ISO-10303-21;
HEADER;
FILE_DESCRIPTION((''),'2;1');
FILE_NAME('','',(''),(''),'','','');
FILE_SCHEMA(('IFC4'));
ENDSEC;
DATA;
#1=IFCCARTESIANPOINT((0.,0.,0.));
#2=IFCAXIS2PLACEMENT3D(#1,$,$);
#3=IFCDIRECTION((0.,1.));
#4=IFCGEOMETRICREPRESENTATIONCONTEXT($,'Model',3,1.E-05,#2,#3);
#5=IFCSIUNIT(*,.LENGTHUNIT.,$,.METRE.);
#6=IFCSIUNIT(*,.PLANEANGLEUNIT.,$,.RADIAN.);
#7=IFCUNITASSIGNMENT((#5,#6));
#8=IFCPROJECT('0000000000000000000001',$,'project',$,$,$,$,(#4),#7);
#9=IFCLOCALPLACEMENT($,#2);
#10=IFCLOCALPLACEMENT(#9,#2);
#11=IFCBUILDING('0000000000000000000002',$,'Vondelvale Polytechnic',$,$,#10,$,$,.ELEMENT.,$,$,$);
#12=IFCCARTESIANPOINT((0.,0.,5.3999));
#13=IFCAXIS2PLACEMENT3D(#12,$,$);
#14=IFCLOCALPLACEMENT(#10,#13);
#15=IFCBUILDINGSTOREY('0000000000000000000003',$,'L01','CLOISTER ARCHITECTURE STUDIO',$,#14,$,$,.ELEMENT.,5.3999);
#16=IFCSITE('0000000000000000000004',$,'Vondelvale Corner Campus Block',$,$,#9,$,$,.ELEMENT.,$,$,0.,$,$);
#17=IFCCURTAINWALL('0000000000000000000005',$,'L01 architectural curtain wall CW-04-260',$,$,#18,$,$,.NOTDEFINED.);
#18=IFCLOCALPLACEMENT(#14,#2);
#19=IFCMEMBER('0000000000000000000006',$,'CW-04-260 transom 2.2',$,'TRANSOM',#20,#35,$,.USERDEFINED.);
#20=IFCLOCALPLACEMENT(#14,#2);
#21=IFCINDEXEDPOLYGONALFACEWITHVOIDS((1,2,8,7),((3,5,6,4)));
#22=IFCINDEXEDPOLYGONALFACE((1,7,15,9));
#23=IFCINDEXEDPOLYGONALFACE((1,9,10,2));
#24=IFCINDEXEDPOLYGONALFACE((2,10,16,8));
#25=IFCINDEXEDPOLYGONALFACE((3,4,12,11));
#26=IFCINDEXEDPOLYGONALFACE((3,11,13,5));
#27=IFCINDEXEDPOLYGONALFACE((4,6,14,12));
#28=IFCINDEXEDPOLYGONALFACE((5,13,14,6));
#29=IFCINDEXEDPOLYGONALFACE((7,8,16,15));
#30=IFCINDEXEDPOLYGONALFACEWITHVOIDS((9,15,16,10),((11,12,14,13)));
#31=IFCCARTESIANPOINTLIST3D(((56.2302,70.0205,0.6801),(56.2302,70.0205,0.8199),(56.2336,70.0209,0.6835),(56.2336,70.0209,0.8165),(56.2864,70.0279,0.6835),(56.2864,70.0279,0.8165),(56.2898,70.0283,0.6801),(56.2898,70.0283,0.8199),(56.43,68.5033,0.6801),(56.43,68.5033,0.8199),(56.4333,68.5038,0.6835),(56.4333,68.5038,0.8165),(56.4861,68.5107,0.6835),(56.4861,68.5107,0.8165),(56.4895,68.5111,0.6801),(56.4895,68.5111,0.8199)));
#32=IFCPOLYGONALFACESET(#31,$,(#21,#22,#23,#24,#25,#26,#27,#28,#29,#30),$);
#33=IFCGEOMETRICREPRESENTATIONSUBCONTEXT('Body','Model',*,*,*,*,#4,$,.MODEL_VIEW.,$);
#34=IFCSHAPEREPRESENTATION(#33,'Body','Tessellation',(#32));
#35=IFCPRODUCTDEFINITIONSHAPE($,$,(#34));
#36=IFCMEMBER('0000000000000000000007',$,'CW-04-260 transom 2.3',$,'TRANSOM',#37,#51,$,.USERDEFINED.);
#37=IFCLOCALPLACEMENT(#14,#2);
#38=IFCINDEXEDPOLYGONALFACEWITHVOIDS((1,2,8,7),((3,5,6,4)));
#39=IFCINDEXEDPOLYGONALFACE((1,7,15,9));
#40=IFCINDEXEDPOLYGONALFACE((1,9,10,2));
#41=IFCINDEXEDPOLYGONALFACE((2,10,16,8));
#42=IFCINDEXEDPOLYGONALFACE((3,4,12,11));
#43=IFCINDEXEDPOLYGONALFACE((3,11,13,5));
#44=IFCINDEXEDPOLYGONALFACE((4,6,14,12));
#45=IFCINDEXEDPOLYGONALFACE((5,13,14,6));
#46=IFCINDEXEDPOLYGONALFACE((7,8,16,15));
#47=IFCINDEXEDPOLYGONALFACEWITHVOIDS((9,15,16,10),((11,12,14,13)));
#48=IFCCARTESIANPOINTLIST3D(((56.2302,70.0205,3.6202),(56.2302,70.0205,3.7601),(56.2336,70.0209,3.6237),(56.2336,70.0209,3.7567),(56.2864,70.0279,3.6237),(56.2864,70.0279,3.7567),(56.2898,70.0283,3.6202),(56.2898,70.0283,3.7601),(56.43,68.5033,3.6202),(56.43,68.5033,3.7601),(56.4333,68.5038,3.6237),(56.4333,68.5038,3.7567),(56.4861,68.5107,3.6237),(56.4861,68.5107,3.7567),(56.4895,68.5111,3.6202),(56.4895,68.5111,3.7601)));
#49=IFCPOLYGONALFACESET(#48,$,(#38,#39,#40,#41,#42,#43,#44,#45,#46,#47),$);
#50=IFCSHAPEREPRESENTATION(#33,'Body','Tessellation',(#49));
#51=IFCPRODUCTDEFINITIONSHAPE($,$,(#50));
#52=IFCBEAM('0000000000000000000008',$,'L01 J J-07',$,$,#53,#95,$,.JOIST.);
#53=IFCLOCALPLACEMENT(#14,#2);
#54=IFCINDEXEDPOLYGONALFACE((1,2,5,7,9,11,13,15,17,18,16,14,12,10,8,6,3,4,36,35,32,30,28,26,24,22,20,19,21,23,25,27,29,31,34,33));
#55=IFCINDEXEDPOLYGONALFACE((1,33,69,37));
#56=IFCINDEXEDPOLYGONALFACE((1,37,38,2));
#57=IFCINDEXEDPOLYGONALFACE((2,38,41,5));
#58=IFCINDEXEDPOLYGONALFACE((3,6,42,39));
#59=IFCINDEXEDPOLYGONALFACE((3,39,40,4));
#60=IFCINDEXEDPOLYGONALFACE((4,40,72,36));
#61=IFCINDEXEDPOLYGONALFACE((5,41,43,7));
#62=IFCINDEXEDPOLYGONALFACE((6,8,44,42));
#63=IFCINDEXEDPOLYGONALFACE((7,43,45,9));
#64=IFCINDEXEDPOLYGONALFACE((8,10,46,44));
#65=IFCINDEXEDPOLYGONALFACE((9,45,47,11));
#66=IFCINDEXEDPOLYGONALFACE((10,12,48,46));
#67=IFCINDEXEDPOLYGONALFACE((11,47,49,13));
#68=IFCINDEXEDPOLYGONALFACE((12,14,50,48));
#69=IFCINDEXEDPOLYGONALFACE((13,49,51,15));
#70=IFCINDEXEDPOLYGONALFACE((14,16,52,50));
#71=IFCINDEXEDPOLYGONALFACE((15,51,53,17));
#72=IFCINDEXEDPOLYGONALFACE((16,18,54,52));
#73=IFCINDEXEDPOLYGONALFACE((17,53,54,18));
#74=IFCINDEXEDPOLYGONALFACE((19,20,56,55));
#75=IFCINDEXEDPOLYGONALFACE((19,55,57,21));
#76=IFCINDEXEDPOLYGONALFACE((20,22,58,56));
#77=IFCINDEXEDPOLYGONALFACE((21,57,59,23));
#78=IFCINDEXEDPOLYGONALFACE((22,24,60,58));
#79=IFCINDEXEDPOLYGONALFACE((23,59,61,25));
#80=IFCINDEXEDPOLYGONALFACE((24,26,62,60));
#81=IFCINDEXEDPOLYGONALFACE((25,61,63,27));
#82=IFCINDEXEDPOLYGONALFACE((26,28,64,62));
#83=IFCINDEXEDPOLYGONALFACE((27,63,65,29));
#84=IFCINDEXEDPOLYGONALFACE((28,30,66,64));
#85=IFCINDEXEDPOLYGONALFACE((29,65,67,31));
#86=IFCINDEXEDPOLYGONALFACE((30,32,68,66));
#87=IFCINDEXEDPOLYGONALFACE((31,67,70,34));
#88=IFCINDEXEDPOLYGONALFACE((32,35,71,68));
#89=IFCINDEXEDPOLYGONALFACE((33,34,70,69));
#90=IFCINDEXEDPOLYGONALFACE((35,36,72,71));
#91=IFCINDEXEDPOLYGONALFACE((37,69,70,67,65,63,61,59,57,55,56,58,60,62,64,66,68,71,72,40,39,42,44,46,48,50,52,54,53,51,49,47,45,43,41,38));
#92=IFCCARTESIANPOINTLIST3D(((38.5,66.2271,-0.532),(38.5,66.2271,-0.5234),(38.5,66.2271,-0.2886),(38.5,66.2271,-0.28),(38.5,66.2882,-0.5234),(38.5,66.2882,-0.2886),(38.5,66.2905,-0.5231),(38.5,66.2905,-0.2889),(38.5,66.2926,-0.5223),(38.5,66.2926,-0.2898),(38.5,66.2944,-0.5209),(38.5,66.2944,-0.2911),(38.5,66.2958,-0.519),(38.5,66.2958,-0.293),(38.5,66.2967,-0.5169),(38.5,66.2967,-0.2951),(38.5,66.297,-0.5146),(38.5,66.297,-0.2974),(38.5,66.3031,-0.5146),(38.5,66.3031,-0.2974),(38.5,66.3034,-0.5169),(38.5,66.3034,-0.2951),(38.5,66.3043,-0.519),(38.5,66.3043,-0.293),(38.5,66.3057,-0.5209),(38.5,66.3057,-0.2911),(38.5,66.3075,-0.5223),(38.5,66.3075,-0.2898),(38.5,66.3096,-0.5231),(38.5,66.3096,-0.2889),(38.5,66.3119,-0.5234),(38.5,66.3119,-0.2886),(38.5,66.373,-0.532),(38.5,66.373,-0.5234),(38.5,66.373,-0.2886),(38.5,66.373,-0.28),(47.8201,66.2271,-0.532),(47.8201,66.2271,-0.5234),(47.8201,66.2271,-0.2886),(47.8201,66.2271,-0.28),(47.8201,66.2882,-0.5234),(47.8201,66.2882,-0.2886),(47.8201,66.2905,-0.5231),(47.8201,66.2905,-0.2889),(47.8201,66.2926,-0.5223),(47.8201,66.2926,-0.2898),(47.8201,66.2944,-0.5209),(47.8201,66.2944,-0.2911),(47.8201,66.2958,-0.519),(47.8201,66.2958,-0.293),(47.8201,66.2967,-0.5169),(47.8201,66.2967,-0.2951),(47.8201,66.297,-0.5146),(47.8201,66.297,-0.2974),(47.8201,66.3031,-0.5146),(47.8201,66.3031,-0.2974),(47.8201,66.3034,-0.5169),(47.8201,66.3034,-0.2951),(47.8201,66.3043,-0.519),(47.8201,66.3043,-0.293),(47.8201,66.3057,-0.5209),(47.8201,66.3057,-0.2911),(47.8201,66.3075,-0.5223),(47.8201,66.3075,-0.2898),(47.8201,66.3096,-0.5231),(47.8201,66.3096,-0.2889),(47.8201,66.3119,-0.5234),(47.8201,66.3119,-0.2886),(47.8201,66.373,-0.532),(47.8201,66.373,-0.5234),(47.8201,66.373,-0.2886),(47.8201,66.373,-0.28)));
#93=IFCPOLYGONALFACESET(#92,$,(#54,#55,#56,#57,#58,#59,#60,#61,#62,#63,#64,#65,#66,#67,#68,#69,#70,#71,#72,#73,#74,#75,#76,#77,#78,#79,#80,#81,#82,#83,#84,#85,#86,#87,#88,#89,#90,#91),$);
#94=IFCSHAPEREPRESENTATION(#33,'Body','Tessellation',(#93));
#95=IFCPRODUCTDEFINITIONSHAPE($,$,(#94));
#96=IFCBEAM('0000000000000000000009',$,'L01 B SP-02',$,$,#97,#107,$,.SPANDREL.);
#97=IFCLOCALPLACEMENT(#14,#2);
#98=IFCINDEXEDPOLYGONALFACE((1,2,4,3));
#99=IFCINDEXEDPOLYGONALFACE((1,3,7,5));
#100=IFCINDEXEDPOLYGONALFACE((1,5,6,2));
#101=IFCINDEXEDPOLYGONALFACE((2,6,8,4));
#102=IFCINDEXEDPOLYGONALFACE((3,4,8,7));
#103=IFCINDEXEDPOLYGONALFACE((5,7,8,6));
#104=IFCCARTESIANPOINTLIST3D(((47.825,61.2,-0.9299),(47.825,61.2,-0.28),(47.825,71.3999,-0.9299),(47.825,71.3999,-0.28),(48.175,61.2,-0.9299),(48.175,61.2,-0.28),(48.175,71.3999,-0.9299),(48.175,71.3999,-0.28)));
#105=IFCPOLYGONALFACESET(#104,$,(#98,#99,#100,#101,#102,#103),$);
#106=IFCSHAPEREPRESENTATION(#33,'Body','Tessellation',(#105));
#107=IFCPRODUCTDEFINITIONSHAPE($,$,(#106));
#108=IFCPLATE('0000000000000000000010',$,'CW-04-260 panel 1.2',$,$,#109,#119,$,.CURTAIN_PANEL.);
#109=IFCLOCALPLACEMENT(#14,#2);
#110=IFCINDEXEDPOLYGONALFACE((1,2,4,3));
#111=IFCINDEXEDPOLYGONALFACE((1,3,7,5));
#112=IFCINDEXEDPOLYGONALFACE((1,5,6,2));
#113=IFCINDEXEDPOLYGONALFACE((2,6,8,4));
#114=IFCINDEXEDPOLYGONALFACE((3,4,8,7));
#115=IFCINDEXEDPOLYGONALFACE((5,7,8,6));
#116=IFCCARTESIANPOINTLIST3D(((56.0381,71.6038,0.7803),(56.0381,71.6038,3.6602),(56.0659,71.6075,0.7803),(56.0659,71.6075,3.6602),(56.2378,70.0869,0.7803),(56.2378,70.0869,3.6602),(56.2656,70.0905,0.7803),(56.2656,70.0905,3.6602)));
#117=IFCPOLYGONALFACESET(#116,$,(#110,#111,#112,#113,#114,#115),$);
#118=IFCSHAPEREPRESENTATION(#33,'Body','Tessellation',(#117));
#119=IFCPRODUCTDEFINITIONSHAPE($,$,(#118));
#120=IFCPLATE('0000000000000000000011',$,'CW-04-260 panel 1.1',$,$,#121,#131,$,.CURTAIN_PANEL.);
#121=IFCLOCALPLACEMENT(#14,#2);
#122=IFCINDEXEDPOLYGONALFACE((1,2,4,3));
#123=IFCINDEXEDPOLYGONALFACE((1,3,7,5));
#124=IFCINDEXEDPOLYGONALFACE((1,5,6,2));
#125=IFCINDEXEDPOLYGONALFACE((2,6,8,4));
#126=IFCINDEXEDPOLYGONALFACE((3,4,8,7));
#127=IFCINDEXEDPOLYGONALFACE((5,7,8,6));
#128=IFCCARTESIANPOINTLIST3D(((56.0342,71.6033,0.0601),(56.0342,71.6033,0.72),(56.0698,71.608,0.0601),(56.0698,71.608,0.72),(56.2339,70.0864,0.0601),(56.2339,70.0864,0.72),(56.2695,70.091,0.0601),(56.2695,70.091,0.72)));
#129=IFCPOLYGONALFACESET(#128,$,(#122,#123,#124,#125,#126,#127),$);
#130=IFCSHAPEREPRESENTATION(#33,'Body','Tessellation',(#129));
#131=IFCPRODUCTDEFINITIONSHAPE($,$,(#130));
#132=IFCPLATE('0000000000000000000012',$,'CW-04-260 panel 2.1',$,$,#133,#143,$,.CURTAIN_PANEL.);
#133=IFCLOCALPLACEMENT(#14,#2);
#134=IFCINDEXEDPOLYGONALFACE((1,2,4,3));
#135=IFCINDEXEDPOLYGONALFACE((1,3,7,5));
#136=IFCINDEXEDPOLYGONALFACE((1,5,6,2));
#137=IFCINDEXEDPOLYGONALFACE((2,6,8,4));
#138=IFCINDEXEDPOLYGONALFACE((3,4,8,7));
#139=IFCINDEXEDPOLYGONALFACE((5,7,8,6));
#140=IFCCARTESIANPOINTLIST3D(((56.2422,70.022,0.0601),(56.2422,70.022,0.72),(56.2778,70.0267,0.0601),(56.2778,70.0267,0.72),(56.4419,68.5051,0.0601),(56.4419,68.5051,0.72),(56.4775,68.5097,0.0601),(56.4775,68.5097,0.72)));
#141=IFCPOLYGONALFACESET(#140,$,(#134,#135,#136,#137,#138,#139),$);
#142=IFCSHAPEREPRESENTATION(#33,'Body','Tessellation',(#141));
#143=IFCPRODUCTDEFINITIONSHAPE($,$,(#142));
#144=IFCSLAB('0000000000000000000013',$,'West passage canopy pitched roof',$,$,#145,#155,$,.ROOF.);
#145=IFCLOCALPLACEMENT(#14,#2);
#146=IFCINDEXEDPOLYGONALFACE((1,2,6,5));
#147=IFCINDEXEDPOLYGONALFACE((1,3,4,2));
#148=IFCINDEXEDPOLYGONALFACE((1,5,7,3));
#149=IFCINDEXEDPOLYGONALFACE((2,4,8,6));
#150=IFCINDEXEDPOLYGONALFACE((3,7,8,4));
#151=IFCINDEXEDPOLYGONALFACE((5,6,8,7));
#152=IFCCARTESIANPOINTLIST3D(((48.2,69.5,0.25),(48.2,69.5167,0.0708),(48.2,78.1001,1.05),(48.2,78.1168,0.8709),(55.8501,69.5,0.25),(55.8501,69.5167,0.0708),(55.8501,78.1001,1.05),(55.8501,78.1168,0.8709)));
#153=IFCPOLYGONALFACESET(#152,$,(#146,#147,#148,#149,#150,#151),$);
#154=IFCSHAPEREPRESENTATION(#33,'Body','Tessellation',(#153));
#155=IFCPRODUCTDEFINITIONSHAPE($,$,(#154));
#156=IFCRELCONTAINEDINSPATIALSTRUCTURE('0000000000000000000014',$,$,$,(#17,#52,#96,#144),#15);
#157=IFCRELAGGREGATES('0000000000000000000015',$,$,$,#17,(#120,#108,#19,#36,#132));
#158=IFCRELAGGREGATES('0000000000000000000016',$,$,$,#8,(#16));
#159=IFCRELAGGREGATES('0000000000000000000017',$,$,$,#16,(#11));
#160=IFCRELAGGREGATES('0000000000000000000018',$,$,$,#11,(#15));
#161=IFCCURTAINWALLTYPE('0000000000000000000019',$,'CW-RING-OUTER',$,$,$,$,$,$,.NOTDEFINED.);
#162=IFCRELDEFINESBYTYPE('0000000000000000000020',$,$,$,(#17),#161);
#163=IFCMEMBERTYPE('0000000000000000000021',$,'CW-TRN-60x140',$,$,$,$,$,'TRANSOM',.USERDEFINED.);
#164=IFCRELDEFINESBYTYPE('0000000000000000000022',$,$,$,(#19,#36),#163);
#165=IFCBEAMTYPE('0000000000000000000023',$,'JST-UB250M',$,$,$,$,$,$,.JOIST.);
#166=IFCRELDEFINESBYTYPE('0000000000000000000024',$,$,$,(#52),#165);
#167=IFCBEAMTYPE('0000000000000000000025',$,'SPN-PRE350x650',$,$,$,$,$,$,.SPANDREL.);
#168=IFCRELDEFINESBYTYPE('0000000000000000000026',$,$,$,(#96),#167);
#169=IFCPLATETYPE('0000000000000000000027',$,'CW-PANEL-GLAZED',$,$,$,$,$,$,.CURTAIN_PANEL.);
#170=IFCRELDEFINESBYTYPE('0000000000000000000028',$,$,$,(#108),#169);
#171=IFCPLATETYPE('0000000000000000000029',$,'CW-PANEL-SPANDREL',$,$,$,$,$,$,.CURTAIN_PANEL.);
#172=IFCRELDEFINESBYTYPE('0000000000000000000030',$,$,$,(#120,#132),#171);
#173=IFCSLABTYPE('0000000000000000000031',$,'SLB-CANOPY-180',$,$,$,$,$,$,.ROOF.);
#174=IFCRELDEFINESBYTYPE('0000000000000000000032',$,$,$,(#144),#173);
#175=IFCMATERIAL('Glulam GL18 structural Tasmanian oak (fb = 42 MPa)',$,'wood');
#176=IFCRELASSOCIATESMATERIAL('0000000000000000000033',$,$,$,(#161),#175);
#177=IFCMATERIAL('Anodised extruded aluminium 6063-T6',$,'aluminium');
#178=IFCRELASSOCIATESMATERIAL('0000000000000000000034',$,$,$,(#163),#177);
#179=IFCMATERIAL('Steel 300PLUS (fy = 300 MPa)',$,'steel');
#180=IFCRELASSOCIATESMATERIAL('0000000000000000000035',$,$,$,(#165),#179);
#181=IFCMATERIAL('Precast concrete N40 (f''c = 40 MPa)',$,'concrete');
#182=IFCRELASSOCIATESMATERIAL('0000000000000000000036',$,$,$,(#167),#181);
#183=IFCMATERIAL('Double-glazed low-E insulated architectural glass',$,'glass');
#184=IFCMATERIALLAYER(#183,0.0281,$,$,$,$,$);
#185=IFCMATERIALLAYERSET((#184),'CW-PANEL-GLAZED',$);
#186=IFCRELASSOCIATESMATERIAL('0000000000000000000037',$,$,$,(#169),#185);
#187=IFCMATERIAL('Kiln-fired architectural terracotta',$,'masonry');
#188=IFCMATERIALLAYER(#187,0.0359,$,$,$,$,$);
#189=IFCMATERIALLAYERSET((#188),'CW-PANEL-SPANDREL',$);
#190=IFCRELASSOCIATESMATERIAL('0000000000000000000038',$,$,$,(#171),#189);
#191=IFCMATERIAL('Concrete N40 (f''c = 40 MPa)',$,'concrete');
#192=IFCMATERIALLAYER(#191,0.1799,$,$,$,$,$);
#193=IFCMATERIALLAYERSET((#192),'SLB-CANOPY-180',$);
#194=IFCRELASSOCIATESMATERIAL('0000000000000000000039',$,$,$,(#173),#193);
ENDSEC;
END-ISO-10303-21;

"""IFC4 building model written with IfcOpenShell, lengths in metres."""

from ifc_helpers import new_model, si_unit, direction, frame, origin, origin_2d, place, context, subcontext, project, spatial, polyline, rectangle, hollow_rectangle, i_section, outline, extrude, material, layer, layer_set, material_profile, profile_set, type_object, element, aggregate, save


model = new_model("IFC4")

# Units and contexts
model_context = context("Model", 3, precision=1e-05, world=origin(), true_north=direction((0.0, 1.0)))
body_context = subcontext(model_context, "Body", "Model", "MODEL_VIEW")
ifc_project = project(units=[si_unit("LENGTHUNIT", "METRE"), si_unit("PLANEANGLEUNIT", "RADIAN")], contexts=[model_context])

# Site, building, storey
site_placement = place(None, origin())
site = spatial("IfcSite", under=ifc_project, at=site_placement, Name="Vondelvale Corner Campus Block", CompositionType="ELEMENT", RefElevation=0.0)
building_placement = place(site_placement, origin())
building = spatial("IfcBuilding", under=site, at=building_placement, Name="Vondelvale Polytechnic", CompositionType="ELEMENT")
storey_placement = place(building_placement, frame((0.0, 0.0, 5.3999)))
storey = spatial("IfcBuildingStorey", under=building, at=storey_placement, Name="L01", Description="CLOISTER ARCHITECTURE STUDIO", CompositionType="ELEMENT", Elevation=5.3999)

# Shared definitions
ifc_material_1 = material(Name="Steel 300PLUS (fy = 300 MPa)", Category="steel")

# Curtain wall, members
ifc_material_2 = material(Name="Glulam GL18 structural Tasmanian oak (fb = 42 MPa)", Category="wood")
curtain_wall_type = type_object("IfcCurtainWallType", Name="CW-RING-OUTER", PredefinedType="NOTDEFINED", material=ifc_material_2)
curtain_wall_placement = place(storey_placement, origin())
curtain_wall = element("IfcCurtainWall", 1, at=curtain_wall_placement, inside=storey, type_object=curtain_wall_type, Name="L01 architectural curtain wall CW-04-260", PredefinedType="NOTDEFINED")
ifc_material_3 = material(Name="Anodised extruded aluminium 6063-T6", Category="aluminium")
ifc_material_profile_1 = material_profile(ifc_material_3, hollow_rectangle(XDim=0.0601, YDim=0.1399, WallThickness=0.0034, at=origin_2d()), Name="CW-TRN-140x60")
ifc_profile_set_1 = profile_set([ifc_material_profile_1], Name="Anodised extruded aluminium 6063-T6")
member_type_1 = type_object("IfcMemberType", Name="CW-TRN-60x140", ElementType="TRANSOM", PredefinedType="USERDEFINED", material=ifc_profile_set_1)
member_1_placement = place(storey_placement, frame((56.26, 70.0244, 0.75), z_axis=(0.130512, -0.991447, 0.0), x_axis=(0.991447, 0.130512, 0.0)))
member_1 = element("IfcMember", 2, at=member_1_placement, type_object=member_type_1, Name="CW-04-260 transom 2.2", ObjectType="TRANSOM", PredefinedType="USERDEFINED", context=body_context, shape_type="SweptSolid", body=[
    extrude(hollow_rectangle(XDim=0.0601, YDim=0.1399, WallThickness=0.0034, at=origin_2d()), origin(), (0.0, 0.0, 1.0), 1.5303),
])
member_2_placement = place(storey_placement, frame((56.26, 70.0244, 3.6902), z_axis=(0.130512, -0.991447, 0.0), x_axis=(0.991447, 0.130512, 0.0)))
member_2 = element("IfcMember", 3, at=member_2_placement, type_object=member_type_1, Name="CW-04-260 transom 2.3", ObjectType="TRANSOM", PredefinedType="USERDEFINED", context=body_context, shape_type="SweptSolid", body=[
    extrude(hollow_rectangle(XDim=0.0601, YDim=0.1399, WallThickness=0.0034, at=origin_2d()), origin(), (0.0, 0.0, 1.0), 1.5303),
])

# Beams
ifc_material_profile_2 = material_profile(ifc_material_1, i_section(OverallWidth=0.146, OverallDepth=0.252, WebThickness=0.0061, FlangeThickness=0.0085, FilletRadius=0.0088, at=origin_2d()), Name="250UB31.4")
ifc_profile_set_2 = profile_set([ifc_material_profile_2], Name="Steel 300PLUS (fy = 300 MPa)")
beam_type_1 = type_object("IfcBeamType", Name="JST-UB250M", PredefinedType="JOIST", material=ifc_profile_set_2)
beam_1_placement = place(storey_placement, frame((38.5, 66.3, -0.406), z_axis=(1.0, 0.0, 0.0), x_axis=(0.0, 1.0, 0.0)))
element("IfcBeam", 4, at=beam_1_placement, inside=storey, type_object=beam_type_1, Name="L01 J J-07", PredefinedType="JOIST", context=body_context, shape_type="SweptSolid", body=[
    extrude(i_section(OverallWidth=0.146, OverallDepth=0.252, WebThickness=0.0061, FlangeThickness=0.0085, FilletRadius=0.0088, at=origin_2d()), origin(), (0.0, 0.0, 1.0), 9.3201),
])
ifc_material_4 = material(Name="Precast concrete N40 (f'c = 40 MPa)", Category="concrete")
ifc_material_profile_3 = material_profile(ifc_material_4, rectangle(XDim=0.3501, YDim=0.6499, at=origin_2d()), Name="RC-SPN-350x650")
ifc_profile_set_3 = profile_set([ifc_material_profile_3], Name="Precast concrete N40 (f'c = 40 MPa)")
beam_type_2 = type_object("IfcBeamType", Name="SPN-PRE350x650", PredefinedType="SPANDREL", material=ifc_profile_set_3)
beam_2_placement = place(storey_placement, frame((48.0, 61.2, -0.605), z_axis=(0.0, 1.0, 0.0), x_axis=(-1.0, 0.0, 0.0)))
element("IfcBeam", 5, at=beam_2_placement, inside=storey, type_object=beam_type_2, Name="L01 B SP-02", PredefinedType="SPANDREL", context=body_context, shape_type="SweptSolid", body=[
    extrude(rectangle(XDim=0.3501, YDim=0.6499, at=origin_2d()), origin(), (0.0, 0.0, 1.0), 10.2),
])

# Plates
ifc_material_5 = material(Name="Double-glazed low-E insulated architectural glass", Category="glass")
ifc_layer_1 = layer(ifc_material_5, 0.0281)
ifc_layer_set_1 = layer_set([ifc_layer_1], Name="CW-PANEL-GLAZED")
plate_type_1 = type_object("IfcPlateType", Name="CW-PANEL-GLAZED", PredefinedType="CURTAIN_PANEL", material=ifc_layer_set_1)
plate_1_placement = place(storey_placement, frame((56.1519, 70.8472, 0.7803), z_axis=(0.0, 0.0, 1.0), x_axis=(0.13054, -0.991443, 0.0)))
plate_1 = element("IfcPlate", 6, at=plate_1_placement, type_object=plate_type_1, Name="CW-04-260 panel 1.2", PredefinedType="CURTAIN_PANEL", context=body_context, shape_type="SweptSolid", body=[
    extrude(rectangle(XDim=1.53, YDim=0.0281, at=origin_2d()), origin(), (0.0, 0.0, 1.0), 2.8799),
])
ifc_material_6 = material(Name="Kiln-fired architectural terracotta", Category="masonry")
ifc_layer_2 = layer(ifc_material_6, 0.0359)
ifc_layer_set_2 = layer_set([ifc_layer_2], Name="CW-PANEL-SPANDREL")
plate_type_2 = type_object("IfcPlateType", Name="CW-PANEL-SPANDREL", PredefinedType="CURTAIN_PANEL", material=ifc_layer_set_2)
plate_2_placement = place(storey_placement, frame((56.1519, 70.8472, 0.0601), z_axis=(0.0, 0.0, 1.0), x_axis=(0.13054, -0.991443, 0.0)))
plate_2 = element("IfcPlate", 7, at=plate_2_placement, type_object=plate_type_2, Name="CW-04-260 panel 1.1", PredefinedType="CURTAIN_PANEL", context=body_context, shape_type="SweptSolid", body=[
    extrude(rectangle(XDim=1.53, YDim=0.0359, at=origin_2d()), origin(), (0.0, 0.0, 1.0), 0.6599),
])
plate_3_placement = place(storey_placement, frame((56.3599, 69.2659, 0.0601), z_axis=(0.0, 0.0, 1.0), x_axis=(0.13054, -0.991443, 0.0)))
plate_3 = element("IfcPlate", 8, at=plate_3_placement, type_object=plate_type_2, Name="CW-04-260 panel 2.1", PredefinedType="CURTAIN_PANEL", context=body_context, shape_type="SweptSolid", body=[
    extrude(rectangle(XDim=1.53, YDim=0.0359, at=origin_2d()), origin(), (0.0, 0.0, 1.0), 0.6599),
])
aggregate(curtain_wall, [plate_2, plate_1, member_1, member_2, plate_3])

# Slab
ifc_material_7 = material(Name="Concrete N40 (f'c = 40 MPa)", Category="concrete")
ifc_layer_3 = layer(ifc_material_7, 0.1799)
ifc_layer_set_3 = layer_set([ifc_layer_3], Name="SLB-CANOPY-180")
slab_type = type_object("IfcSlabType", Name="SLB-CANOPY-180", PredefinedType="ROOF", material=ifc_layer_set_3)
slab_placement = place(storey_placement, frame((48.2, 69.5, 0.25), z_axis=(0.0, -0.092628, 0.995701), x_axis=(1.0, 0.0, 0.0)))
element("IfcSlab", 9, at=slab_placement, inside=storey, type_object=slab_type, Name="West passage canopy pitched roof", PredefinedType="ROOF", context=body_context, shape_type="SweptSolid", body=[
    extrude(outline(polyline([(0.0, 0.0), (7.6501, 0.0), (7.6501, 8.6372), (0.0, 8.6372), (0.0, 0.0)])), origin(), (0.0, 0.0, -1.0), 0.1799),
])

save(model, "model.ifc")
